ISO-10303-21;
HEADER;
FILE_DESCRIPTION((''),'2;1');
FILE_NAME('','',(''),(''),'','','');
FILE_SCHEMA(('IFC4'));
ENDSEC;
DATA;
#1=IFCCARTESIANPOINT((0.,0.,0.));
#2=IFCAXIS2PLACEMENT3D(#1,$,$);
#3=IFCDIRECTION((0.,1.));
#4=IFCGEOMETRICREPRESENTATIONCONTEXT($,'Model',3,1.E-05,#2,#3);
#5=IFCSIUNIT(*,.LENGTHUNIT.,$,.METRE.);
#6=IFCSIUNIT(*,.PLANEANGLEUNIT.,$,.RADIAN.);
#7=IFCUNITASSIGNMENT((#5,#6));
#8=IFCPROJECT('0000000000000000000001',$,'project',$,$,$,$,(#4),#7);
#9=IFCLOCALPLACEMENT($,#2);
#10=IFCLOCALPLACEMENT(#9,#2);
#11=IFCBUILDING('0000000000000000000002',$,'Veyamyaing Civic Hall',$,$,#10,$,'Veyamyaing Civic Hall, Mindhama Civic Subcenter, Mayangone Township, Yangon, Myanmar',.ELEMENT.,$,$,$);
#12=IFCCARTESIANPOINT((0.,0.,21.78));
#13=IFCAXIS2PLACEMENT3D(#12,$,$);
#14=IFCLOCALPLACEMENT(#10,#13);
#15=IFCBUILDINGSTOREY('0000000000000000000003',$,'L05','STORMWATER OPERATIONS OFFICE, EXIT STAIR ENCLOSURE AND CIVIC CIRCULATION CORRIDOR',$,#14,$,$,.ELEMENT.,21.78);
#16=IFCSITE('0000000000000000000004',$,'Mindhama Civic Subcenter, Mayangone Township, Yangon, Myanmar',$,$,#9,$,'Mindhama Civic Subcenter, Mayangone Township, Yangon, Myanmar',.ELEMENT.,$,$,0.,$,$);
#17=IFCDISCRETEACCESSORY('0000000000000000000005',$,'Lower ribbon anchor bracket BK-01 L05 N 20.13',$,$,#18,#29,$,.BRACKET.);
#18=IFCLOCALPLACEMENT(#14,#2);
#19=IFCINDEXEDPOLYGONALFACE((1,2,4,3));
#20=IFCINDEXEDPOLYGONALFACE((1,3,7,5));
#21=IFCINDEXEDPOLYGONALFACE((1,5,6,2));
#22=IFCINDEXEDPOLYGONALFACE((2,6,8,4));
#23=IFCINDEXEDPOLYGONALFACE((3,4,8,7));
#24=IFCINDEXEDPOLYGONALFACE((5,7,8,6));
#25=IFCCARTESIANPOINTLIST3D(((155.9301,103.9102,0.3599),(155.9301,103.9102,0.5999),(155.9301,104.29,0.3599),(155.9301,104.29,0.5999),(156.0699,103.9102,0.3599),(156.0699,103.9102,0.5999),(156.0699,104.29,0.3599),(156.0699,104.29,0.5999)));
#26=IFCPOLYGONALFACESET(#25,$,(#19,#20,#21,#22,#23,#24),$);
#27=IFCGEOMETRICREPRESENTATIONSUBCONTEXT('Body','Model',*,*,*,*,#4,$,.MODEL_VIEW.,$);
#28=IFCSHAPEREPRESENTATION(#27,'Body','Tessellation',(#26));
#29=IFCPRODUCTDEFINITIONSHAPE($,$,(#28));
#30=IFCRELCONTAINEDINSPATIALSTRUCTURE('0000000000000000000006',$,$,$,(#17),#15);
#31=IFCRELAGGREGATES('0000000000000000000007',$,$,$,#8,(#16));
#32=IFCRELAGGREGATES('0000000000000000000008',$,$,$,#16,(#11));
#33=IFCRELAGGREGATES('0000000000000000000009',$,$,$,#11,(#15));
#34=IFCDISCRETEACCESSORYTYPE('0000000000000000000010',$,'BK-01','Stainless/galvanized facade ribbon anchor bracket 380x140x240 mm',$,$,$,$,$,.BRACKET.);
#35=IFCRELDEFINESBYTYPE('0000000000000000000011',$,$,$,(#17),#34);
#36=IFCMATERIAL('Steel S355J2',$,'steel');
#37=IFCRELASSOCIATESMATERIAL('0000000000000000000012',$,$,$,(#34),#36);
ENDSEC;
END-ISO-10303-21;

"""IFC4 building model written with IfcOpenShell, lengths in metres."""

from ifc_helpers import new_model, si_unit, direction, frame, origin, origin_2d, place, context, subcontext, project, spatial, rectangle, extrude, material, type_object, element, save


model = new_model("IFC4")

# Units and contexts
model_context = context("Model", 3, precision=1e-05, world=origin(), true_north=direction((0.0, 1.0)))
body_context = subcontext(model_context, "Body", "Model", "MODEL_VIEW")
ifc_project = project(units=[si_unit("LENGTHUNIT", "METRE"), si_unit("PLANEANGLEUNIT", "RADIAN")], contexts=[model_context])

# Site, building, storey
site_placement = place(None, origin())
site = spatial("IfcSite", under=ifc_project, at=site_placement, Name="Mindhama Civic Subcenter, Mayangone Township, Yangon, Myanmar", LongName="Mindhama Civic Subcenter, Mayangone Township, Yangon, Myanmar", CompositionType="ELEMENT", RefElevation=0.0)
building_placement = place(site_placement, origin())
building = spatial("IfcBuilding", under=site, at=building_placement, Name="Veyamyaing Civic Hall", LongName="Veyamyaing Civic Hall, Mindhama Civic Subcenter, Mayangone Township, Yangon, Myanmar", CompositionType="ELEMENT")
storey_placement = place(building_placement, frame((0.0, 0.0, 21.78)))
storey = spatial("IfcBuildingStorey", under=building, at=storey_placement, Name="L05", Description="STORMWATER OPERATIONS OFFICE, EXIT STAIR ENCLOSURE AND CIVIC CIRCULATION CORRIDOR", CompositionType="ELEMENT", Elevation=21.78)

# Discrete accessory
ifc_material_1 = material(Name="Steel S355J2", Category="steel")
discrete_accessory_type = type_object("IfcDiscreteAccessoryType", Name="BK-01", Description="Stainless/galvanized facade ribbon anchor bracket 380x140x240 mm", PredefinedType="BRACKET", material=ifc_material_1)
for number, where, z_axis, x_axis, name in (
    (1, (156.0, 104.1001, 0.3599), (0.0, 0.0, 1.0), (0.0, 1.0, 0.0), "Lower ribbon anchor bracket BK-01 L05 N 20.13"),
):
    element("IfcDiscreteAccessory", number, at=place(storey_placement, frame(where, z_axis=z_axis, x_axis=x_axis)), inside=storey, type_object=discrete_accessory_type, Name=name, PredefinedType="BRACKET", context=body_context, shape_type="SweptSolid", body=[
        extrude(rectangle(XDim=0.3799, YDim=0.1399, at=origin_2d()), origin(), (0.0, 0.0, 1.0), 0.24),
    ])

save(model, "model.ifc")
